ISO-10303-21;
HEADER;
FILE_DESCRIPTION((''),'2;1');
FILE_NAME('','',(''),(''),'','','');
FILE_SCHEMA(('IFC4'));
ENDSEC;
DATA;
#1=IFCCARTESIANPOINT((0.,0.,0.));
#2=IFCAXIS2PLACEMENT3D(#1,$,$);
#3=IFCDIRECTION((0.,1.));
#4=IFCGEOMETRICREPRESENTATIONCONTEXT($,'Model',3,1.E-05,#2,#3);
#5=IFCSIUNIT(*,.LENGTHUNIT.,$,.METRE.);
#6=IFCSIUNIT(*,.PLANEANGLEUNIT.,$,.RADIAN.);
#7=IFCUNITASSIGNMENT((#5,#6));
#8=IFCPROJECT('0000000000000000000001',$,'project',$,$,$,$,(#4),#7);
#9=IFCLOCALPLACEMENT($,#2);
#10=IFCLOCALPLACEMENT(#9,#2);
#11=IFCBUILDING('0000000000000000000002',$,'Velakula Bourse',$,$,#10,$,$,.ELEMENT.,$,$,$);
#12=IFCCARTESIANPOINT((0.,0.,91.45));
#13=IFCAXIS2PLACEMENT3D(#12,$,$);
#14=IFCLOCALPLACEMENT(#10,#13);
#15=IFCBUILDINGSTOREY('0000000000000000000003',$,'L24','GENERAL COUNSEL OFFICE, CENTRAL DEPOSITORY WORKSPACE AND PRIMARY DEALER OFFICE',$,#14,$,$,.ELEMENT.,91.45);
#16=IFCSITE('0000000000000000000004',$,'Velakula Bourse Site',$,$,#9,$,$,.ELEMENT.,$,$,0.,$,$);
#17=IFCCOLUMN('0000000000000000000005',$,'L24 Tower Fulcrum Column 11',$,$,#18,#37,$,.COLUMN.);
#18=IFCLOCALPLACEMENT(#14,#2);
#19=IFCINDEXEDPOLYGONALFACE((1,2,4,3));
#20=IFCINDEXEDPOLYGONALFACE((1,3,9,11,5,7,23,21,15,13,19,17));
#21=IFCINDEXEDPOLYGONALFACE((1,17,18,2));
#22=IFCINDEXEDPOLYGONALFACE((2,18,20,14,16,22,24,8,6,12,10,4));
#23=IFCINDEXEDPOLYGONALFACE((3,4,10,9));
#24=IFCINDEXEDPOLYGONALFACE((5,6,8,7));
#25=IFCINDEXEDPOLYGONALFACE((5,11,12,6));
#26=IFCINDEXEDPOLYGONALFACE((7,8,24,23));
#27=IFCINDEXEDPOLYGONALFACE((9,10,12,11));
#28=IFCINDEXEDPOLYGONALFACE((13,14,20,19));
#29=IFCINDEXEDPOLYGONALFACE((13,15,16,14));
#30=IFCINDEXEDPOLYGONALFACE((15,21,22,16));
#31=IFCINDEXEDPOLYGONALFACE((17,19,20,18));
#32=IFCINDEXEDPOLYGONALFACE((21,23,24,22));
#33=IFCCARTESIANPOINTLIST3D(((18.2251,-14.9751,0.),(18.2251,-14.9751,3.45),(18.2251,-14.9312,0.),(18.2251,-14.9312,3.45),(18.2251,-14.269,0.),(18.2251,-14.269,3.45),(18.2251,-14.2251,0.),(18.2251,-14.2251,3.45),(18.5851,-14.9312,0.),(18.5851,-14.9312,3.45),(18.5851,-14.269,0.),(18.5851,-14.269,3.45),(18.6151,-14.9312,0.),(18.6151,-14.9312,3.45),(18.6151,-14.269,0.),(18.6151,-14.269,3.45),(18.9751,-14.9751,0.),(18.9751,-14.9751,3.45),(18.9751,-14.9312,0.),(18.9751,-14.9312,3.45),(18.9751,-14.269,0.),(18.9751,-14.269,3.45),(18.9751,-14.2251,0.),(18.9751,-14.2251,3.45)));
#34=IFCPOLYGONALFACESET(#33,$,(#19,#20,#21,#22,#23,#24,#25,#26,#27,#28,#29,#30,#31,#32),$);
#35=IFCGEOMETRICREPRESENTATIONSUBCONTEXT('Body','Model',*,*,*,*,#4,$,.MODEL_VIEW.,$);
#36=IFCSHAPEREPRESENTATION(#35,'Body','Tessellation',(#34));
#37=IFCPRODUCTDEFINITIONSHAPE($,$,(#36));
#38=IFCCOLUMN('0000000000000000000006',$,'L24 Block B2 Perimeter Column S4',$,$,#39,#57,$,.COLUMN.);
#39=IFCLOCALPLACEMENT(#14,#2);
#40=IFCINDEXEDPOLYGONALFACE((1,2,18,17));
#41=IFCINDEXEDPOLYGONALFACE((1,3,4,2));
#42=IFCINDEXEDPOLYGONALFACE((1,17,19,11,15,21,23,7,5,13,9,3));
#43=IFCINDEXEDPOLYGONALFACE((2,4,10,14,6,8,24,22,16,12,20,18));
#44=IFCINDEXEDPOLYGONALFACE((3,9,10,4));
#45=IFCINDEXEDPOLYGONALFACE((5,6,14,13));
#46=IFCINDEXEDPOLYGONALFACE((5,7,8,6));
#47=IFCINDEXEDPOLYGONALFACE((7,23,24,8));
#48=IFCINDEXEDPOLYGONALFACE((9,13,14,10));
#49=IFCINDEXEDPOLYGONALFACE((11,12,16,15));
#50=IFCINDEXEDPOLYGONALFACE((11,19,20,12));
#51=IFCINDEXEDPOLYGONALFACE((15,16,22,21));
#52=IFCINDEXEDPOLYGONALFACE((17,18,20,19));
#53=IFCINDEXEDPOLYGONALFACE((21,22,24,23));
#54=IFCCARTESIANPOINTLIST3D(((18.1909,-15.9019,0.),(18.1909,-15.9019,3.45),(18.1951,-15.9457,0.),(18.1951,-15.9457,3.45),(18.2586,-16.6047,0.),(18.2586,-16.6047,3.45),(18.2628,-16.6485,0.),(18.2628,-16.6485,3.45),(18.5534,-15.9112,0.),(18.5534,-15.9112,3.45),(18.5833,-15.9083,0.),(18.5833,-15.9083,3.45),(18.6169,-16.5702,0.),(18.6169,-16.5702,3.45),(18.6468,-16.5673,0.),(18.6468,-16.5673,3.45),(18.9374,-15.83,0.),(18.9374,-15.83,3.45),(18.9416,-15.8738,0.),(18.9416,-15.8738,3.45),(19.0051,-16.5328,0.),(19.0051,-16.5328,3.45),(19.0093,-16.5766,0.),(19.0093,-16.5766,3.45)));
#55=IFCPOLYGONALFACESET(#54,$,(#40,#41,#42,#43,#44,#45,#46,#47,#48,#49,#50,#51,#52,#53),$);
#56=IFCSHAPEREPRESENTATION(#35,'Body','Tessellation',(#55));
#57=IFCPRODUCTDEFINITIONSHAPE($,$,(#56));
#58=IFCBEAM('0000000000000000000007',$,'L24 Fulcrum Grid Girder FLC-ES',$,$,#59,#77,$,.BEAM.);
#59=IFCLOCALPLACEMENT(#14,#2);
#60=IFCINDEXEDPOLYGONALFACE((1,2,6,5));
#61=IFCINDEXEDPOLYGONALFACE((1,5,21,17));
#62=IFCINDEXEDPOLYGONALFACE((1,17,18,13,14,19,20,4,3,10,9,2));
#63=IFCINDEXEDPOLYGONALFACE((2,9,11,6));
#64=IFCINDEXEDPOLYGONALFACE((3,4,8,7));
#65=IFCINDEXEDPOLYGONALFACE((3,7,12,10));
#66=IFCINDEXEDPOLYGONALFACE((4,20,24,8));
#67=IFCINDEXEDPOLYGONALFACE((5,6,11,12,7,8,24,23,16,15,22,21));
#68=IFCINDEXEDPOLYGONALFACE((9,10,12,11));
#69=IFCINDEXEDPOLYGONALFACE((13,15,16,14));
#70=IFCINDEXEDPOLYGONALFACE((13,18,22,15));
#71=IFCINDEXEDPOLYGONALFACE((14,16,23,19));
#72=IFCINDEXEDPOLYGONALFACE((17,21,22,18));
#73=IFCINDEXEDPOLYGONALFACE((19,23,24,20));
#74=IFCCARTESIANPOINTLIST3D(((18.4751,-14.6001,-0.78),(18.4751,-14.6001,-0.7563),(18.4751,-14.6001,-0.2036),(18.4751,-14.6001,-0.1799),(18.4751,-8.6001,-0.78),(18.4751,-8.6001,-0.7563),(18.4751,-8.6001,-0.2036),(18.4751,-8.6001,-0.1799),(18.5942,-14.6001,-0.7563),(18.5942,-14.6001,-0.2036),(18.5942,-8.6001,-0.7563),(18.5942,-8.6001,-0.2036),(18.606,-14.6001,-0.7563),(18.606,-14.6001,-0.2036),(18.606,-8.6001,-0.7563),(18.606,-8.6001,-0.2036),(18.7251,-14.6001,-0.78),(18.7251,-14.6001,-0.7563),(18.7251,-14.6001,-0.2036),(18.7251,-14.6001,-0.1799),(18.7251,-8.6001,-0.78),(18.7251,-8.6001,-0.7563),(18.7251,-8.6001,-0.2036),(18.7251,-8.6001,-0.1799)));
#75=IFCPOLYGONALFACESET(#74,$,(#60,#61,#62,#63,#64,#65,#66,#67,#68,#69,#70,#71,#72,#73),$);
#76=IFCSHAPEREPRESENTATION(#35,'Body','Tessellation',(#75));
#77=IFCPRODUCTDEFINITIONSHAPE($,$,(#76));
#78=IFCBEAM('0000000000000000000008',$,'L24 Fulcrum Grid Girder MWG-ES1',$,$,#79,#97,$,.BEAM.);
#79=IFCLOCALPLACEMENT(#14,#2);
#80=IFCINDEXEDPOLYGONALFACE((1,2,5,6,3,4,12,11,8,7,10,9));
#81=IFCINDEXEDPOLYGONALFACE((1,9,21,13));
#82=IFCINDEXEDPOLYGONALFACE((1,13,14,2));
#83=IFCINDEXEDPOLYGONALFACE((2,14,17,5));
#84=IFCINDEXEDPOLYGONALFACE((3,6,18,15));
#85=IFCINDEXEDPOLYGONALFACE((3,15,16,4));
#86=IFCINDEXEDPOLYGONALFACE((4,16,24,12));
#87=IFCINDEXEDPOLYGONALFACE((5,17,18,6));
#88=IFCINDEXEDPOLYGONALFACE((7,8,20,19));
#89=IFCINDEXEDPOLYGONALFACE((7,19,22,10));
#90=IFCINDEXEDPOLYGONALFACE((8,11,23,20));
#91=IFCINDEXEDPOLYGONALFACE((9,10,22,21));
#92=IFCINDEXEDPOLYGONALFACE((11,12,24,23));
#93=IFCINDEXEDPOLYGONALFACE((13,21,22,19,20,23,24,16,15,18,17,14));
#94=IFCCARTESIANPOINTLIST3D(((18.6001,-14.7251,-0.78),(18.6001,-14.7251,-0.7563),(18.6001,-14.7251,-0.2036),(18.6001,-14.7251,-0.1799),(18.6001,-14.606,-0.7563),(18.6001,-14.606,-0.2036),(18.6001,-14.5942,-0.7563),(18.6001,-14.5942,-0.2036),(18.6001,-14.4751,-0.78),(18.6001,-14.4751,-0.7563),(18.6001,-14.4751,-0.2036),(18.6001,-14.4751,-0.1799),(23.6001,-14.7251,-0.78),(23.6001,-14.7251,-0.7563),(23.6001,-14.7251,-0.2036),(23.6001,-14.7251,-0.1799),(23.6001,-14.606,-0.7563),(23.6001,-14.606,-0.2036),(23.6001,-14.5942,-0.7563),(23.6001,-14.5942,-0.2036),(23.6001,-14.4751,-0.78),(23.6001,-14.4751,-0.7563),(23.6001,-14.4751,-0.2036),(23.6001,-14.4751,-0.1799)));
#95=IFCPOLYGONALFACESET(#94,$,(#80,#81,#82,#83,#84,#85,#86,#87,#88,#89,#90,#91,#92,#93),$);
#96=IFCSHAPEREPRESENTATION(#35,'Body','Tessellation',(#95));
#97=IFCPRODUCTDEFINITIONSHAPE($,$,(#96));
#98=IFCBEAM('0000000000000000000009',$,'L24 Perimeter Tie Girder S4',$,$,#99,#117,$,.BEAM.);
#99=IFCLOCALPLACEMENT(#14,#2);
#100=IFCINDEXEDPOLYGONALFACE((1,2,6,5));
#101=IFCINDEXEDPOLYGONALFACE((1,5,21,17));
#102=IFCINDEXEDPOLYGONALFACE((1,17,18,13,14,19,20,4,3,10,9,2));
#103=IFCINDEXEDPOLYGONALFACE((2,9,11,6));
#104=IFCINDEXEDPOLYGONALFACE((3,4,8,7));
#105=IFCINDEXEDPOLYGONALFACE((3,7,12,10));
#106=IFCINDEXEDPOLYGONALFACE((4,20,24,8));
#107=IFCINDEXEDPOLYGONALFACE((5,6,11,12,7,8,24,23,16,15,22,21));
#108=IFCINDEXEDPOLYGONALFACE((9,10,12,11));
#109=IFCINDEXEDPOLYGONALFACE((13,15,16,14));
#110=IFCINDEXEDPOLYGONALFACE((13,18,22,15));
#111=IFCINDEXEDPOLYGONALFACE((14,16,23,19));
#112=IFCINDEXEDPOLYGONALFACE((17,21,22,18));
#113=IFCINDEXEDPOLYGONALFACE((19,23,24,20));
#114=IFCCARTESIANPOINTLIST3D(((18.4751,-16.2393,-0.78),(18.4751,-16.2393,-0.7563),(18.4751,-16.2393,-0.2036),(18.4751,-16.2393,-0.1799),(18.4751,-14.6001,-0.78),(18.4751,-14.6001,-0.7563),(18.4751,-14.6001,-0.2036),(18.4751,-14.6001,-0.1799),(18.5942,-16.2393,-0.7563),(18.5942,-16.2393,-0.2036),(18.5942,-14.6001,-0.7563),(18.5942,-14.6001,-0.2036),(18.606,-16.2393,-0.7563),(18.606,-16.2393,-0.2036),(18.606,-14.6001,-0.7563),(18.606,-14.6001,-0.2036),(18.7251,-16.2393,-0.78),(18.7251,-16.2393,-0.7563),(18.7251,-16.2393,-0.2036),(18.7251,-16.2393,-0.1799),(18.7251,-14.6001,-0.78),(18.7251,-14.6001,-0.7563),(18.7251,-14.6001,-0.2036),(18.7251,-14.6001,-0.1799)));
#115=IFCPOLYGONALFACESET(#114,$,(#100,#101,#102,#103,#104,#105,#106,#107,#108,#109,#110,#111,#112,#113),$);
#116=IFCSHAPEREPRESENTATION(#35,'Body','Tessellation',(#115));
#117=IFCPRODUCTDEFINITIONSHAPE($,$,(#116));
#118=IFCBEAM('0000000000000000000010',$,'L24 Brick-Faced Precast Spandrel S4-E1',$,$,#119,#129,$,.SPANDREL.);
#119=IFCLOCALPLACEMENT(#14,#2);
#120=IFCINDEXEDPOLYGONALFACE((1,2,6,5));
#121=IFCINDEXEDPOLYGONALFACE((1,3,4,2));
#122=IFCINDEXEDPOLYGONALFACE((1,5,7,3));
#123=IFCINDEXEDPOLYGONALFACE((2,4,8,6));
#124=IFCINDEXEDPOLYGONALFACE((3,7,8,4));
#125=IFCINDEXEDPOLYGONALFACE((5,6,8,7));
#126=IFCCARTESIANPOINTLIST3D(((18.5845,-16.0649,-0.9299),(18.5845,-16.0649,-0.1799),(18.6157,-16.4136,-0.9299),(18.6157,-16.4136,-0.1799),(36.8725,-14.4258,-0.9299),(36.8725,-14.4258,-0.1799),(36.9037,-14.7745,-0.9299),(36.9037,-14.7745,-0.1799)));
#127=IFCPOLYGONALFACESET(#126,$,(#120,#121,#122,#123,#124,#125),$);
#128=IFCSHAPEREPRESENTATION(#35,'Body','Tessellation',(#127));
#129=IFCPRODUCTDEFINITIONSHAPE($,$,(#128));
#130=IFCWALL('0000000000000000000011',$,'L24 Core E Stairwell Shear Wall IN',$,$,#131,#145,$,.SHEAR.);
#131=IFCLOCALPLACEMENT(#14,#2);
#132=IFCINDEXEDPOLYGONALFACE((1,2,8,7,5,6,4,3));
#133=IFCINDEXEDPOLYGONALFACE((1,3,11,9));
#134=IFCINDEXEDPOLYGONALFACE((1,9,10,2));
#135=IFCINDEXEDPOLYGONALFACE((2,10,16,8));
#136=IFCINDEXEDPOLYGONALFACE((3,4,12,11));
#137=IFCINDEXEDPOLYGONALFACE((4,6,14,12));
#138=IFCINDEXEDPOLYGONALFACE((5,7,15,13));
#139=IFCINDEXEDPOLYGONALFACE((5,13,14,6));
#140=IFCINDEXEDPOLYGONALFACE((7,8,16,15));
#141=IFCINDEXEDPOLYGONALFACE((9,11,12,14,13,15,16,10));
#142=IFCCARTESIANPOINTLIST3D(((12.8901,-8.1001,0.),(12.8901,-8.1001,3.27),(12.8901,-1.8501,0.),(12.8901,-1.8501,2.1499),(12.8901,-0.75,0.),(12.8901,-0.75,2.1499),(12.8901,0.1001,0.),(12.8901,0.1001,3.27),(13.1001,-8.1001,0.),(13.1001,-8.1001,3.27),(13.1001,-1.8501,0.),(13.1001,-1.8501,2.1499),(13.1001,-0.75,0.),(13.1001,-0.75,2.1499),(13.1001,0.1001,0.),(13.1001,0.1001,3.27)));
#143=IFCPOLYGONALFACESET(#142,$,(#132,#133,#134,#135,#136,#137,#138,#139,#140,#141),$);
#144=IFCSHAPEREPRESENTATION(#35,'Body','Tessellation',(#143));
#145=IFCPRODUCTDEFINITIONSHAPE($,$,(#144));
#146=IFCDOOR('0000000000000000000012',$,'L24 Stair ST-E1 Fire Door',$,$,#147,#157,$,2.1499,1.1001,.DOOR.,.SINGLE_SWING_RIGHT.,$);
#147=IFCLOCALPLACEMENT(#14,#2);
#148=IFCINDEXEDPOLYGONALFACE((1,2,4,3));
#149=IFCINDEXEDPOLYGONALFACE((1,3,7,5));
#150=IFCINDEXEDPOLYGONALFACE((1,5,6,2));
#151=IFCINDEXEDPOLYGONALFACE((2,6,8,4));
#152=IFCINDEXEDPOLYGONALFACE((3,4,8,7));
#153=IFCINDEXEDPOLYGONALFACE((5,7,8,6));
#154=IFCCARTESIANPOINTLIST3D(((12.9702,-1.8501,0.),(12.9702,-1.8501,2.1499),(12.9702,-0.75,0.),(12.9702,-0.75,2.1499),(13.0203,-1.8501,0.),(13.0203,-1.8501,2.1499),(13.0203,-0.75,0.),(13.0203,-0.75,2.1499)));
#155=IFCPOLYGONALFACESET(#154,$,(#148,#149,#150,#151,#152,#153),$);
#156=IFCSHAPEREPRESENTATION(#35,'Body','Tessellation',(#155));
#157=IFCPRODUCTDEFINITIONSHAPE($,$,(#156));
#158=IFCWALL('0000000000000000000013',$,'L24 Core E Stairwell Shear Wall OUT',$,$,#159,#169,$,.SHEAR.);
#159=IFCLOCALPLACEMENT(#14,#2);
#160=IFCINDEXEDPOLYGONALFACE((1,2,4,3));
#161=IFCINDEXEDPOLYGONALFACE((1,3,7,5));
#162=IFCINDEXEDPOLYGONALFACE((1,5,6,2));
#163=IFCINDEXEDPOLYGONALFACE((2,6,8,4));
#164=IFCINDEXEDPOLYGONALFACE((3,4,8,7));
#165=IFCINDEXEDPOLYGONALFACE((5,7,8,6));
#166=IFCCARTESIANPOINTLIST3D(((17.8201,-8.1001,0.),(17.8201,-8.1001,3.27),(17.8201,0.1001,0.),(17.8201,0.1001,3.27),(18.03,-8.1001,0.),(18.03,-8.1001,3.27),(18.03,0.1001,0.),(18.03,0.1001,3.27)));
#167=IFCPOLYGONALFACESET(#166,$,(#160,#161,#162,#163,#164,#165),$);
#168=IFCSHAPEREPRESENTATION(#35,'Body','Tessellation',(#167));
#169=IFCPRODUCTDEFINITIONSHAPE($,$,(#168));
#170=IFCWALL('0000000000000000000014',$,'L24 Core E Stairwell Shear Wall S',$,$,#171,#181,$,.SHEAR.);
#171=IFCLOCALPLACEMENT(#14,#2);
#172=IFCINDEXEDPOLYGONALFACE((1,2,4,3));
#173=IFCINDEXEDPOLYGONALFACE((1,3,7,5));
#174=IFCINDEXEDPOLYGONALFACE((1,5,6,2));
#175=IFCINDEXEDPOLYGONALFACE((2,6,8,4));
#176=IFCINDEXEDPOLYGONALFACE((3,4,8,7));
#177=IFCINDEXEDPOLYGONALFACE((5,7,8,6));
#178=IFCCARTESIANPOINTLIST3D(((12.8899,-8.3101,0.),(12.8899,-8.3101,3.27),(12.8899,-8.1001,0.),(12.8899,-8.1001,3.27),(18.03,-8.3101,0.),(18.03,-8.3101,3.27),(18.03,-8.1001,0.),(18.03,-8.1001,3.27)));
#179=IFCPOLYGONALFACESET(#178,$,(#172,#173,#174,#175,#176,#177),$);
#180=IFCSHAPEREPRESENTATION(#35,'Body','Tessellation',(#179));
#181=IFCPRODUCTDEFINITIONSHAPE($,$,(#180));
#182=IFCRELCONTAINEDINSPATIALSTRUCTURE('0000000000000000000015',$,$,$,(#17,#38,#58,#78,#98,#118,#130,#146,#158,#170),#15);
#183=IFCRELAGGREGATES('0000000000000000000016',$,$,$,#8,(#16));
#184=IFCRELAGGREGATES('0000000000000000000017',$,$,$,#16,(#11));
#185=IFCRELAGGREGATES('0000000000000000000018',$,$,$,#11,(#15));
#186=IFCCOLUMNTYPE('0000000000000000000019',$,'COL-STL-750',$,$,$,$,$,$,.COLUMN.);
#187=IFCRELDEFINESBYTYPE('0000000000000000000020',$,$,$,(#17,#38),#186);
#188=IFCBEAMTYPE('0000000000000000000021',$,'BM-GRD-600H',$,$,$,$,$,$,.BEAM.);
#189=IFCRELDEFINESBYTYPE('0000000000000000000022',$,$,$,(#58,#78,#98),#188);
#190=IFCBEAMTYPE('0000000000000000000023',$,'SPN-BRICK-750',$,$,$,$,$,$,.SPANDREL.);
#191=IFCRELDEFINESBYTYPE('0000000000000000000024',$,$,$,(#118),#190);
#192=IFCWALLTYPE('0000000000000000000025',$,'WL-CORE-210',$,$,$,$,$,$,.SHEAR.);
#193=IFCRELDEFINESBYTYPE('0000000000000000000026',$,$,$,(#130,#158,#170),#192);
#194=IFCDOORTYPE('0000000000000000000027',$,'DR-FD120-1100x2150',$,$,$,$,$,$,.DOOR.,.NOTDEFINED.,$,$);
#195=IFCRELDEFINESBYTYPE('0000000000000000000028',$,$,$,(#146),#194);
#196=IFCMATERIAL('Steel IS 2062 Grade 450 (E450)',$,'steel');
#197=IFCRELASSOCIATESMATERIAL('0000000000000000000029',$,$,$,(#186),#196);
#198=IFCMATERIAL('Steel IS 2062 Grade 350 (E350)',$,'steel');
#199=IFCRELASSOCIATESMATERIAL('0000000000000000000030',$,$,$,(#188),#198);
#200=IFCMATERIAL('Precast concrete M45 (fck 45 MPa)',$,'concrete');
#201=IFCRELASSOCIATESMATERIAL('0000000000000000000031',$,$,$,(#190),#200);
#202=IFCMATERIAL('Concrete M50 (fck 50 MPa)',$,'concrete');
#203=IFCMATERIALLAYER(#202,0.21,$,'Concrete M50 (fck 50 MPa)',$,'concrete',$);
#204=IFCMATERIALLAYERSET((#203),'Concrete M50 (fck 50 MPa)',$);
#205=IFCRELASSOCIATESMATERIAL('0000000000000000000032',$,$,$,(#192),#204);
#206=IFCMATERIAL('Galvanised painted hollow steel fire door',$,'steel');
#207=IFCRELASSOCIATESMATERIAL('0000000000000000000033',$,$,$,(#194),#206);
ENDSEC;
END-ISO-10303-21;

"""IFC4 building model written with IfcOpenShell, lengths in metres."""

from ifc_helpers import new_model, si_unit, direction, frame, frame_2d, origin, origin_2d, place, context, subcontext, project, spatial, rectangle, i_section, extrude, material, layer, layer_set, material_profile, profile_set, type_object, element, fill, save


model = new_model("IFC4")

# Units and contexts
model_context = context("Model", 3, precision=1e-05, world=origin(), true_north=direction((0.0, 1.0)))
body_context = subcontext(model_context, "Body", "Model", "MODEL_VIEW")
ifc_project = project(units=[si_unit("LENGTHUNIT", "METRE"), si_unit("PLANEANGLEUNIT", "RADIAN")], contexts=[model_context])

# Site, building, storey
site_placement = place(None, origin())
site = spatial("IfcSite", under=ifc_project, at=site_placement, Name="Velakula Bourse Site", CompositionType="ELEMENT", RefElevation=0.0)
building_placement = place(site_placement, origin())
building = spatial("IfcBuilding", under=site, at=building_placement, Name="Velakula Bourse", CompositionType="ELEMENT")
storey_placement = place(building_placement, frame((0.0, 0.0, 91.45)))
storey = spatial("IfcBuildingStorey", under=building, at=storey_placement, Name="L24", Description="GENERAL COUNSEL OFFICE, CENTRAL DEPOSITORY WORKSPACE AND PRIMARY DEALER OFFICE", CompositionType="ELEMENT", Elevation=91.45)

# Columns
ifc_material_1 = material(Name="Steel IS 2062 Grade 450 (E450)", Category="steel")
ifc_material_profile_1 = material_profile(ifc_material_1, i_section(OverallWidth=0.75, OverallDepth=0.75, WebThickness=0.03, FlangeThickness=0.0439, at=origin_2d()), Name="Steel IS 2062 Grade 450 (E450)")
ifc_profile_set_1 = profile_set([ifc_material_profile_1], Name="Steel IS 2062 Grade 450 (E450)")
column_type = type_object("IfcColumnType", Name="COL-STL-750", PredefinedType="COLUMN", material=ifc_profile_set_1)
for number, where, z_axis, x_axis, name in (
    (1, (18.6001, -14.6001, 0.0), (0.0, 0.0, 1.0), (1.0, 0.0, 0.0), "L24 Tower Fulcrum Column 11"),
    (2, (18.6001, -16.2393, 0.0), (0.0, 0.0, 1.0), (0.995396, 0.095846, 0.0), "L24 Block B2 Perimeter Column S4"),
):
    element("IfcColumn", number, at=place(storey_placement, frame(where, z_axis=z_axis, x_axis=x_axis)), inside=storey, type_object=column_type, Name=name, PredefinedType="COLUMN", context=body_context, shape_type="SweptSolid", body=[
        extrude(i_section(OverallWidth=0.75, OverallDepth=0.75, WebThickness=0.03, FlangeThickness=0.0439, at=origin_2d()), origin(), (0.0, 0.0, 1.0), 3.45),
    ])

# Beams
ifc_material_2 = material(Name="Steel IS 2062 Grade 350 (E350)", Category="steel")
ifc_material_profile_2 = material_profile(ifc_material_2, i_section(OverallWidth=0.25, OverallDepth=0.6001, WebThickness=0.0117, FlangeThickness=0.0237, at=origin_2d()), Name="Steel IS 2062 Grade 350 (E350)")
ifc_profile_set_2 = profile_set([ifc_material_profile_2], Name="Steel IS 2062 Grade 350 (E350)")
beam_type_1 = type_object("IfcBeamType", Name="BM-GRD-600H", PredefinedType="BEAM", material=ifc_profile_set_2)
beam_1_placement = place(storey_placement, frame((18.6001, -14.6001, -0.48), z_axis=(0.0, 1.0, 0.0), x_axis=(-1.0, 0.0, 0.0)))
element("IfcBeam", 3, at=beam_1_placement, inside=storey, type_object=beam_type_1, Name="L24 Fulcrum Grid Girder FLC-ES", PredefinedType="BEAM", context=body_context, shape_type="SweptSolid", body=[
    extrude(i_section(OverallWidth=0.25, OverallDepth=0.6001, WebThickness=0.0117, FlangeThickness=0.0237, at=origin_2d()), origin(), (0.0, 0.0, 1.0), 6.0),
])
beam_2_placement = place(storey_placement, frame((18.6001, -14.6001, -0.48), z_axis=(1.0, 0.0, 0.0), x_axis=(0.0, 1.0, 0.0)))
element("IfcBeam", 4, at=beam_2_placement, inside=storey, type_object=beam_type_1, Name="L24 Fulcrum Grid Girder MWG-ES1", PredefinedType="BEAM", context=body_context, shape_type="SweptSolid", body=[
    extrude(i_section(OverallWidth=0.25, OverallDepth=0.6001, WebThickness=0.0117, FlangeThickness=0.0237, at=origin_2d()), origin(), (0.0, 0.0, 1.0), 5.0),
])
beam_3_placement = place(storey_placement, frame((18.6001, -14.6001, -0.48), z_axis=(0.0, -1.0, 0.0), x_axis=(1.0, 0.0, 0.0)))
element("IfcBeam", 5, at=beam_3_placement, inside=storey, type_object=beam_type_1, Name="L24 Perimeter Tie Girder S4", PredefinedType="BEAM", context=body_context, shape_type="SweptSolid", body=[
    extrude(i_section(OverallWidth=0.25, OverallDepth=0.6001, WebThickness=0.0117, FlangeThickness=0.0237, at=origin_2d()), origin(), (0.0, 0.0, 1.0), 1.6392),
])
ifc_material_3 = material(Name="Precast concrete M45 (fck 45 MPa)", Category="concrete")
ifc_material_profile_3 = material_profile(ifc_material_3, rectangle(XDim=0.3501, YDim=0.75, at=origin_2d()), Name="Precast concrete M45 (fck 45 MPa)")
ifc_profile_set_3 = profile_set([ifc_material_profile_3], Name="Precast concrete M45 (fck 45 MPa)")
beam_type_2 = type_object("IfcBeamType", Name="SPN-BRICK-750", PredefinedType="SPANDREL", material=ifc_profile_set_3)
beam_4_placement = place(storey_placement, frame((18.6001, -16.2393, -0.5549), z_axis=(0.996007, 0.089272, 0.0), x_axis=(-0.089272, 0.996007, 0.0)))
element("IfcBeam", 6, at=beam_4_placement, inside=storey, type_object=beam_type_2, Name="L24 Brick-Faced Precast Spandrel S4-E1", PredefinedType="SPANDREL", context=body_context, shape_type="SweptSolid", body=[
    extrude(rectangle(XDim=0.3501, YDim=0.75, at=origin_2d()), origin(), (0.0, 0.0, 1.0), 18.3613),
])

# Wall, opening, door
ifc_material_4 = material(Name="Concrete M50 (fck 50 MPa)", Category="concrete")
ifc_layer_1 = layer(ifc_material_4, 0.21, Name="Concrete M50 (fck 50 MPa)", Category="concrete")
ifc_layer_set_1 = layer_set([ifc_layer_1], Name="Concrete M50 (fck 50 MPa)")
wall_type_1 = type_object("IfcWallType", Name="WL-CORE-210", PredefinedType="SHEAR", material=ifc_layer_set_1)
wall_1_placement = place(storey_placement, frame((12.9951, -8.1001, 0.0), z_axis=(0.0, 0.0, 1.0), x_axis=(0.0, 1.0, 0.0)))
wall_1 = element("IfcWall", 7, at=wall_1_placement, inside=storey, type_object=wall_type_1, Name="L24 Core E Stairwell Shear Wall IN", PredefinedType="SHEAR", context=body_context, shape_type="SweptSolid", body=[
    extrude(rectangle(XDim=8.2002, YDim=0.21, at=frame_2d((4.1001, 0.0))), origin(), (0.0, 0.0, 1.0), 3.27),
])
opening_1_placement = place(wall_1_placement, frame((6.25, 0.0, 0.0)))
opening_1 = element("IfcOpeningElement", 8, at=opening_1_placement, cuts=wall_1, PredefinedType="OPENING", context=body_context, shape_type="SweptSolid", body=[
    extrude(rectangle(XDim=1.1001, YDim=2.1499, at=frame_2d((0.55, 1.075))), frame((0.0, 0.115, 0.0), z_axis=(0.0, -1.0, 0.0), x_axis=(1.0, 0.0, 0.0)), (0.0, 0.0, 1.0), 0.23),
])
ifc_material_5 = material(Name="Galvanised painted hollow steel fire door", Category="steel")
door_type = type_object("IfcDoorType", Name="DR-FD120-1100x2150", OperationType="NOTDEFINED", PredefinedType="DOOR", material=ifc_material_5)
door_placement = place(opening_1_placement, origin())
door = element("IfcDoor", 9, at=door_placement, inside=storey, type_object=door_type, Name="L24 Stair ST-E1 Fire Door", OperationType="SINGLE_SWING_RIGHT", OverallHeight=2.1499, OverallWidth=1.1001, PredefinedType="DOOR", context=body_context, shape_type="SweptSolid", body=[
    extrude(rectangle(XDim=1.1001, YDim=2.1499, at=frame_2d((0.55, 1.075))), frame((0.0, 0.0249, 0.0), z_axis=(0.0, -1.0, 0.0), x_axis=(1.0, 0.0, 0.0)), (0.0, 0.0, 1.0), 0.05),
])
fill(opening_1, door)

# Walls
wall_2_placement = place(storey_placement, frame((17.925, -8.1001, 0.0), z_axis=(0.0, 0.0, 1.0), x_axis=(0.0, 1.0, 0.0)))
element("IfcWall", 10, at=wall_2_placement, inside=storey, type_object=wall_type_1, Name="L24 Core E Stairwell Shear Wall OUT", PredefinedType="SHEAR", context=body_context, shape_type="SweptSolid", body=[
    extrude(rectangle(XDim=8.2002, YDim=0.21, at=frame_2d((4.1001, 0.0))), origin(), (0.0, 0.0, 1.0), 3.27),
])
wall_3_placement = place(storey_placement, frame((12.8899, -8.2051, 0.0), z_axis=(0.0, 0.0, 1.0), x_axis=(1.0, 0.0, 0.0)))
element("IfcWall", 11, at=wall_3_placement, inside=storey, type_object=wall_type_1, Name="L24 Core E Stairwell Shear Wall S", PredefinedType="SHEAR", context=body_context, shape_type="SweptSolid", body=[
    extrude(rectangle(XDim=5.1401, YDim=0.21, at=frame_2d((2.5701, 0.0))), origin(), (0.0, 0.0, 1.0), 3.27),
])

save(model, "model.ifc")
